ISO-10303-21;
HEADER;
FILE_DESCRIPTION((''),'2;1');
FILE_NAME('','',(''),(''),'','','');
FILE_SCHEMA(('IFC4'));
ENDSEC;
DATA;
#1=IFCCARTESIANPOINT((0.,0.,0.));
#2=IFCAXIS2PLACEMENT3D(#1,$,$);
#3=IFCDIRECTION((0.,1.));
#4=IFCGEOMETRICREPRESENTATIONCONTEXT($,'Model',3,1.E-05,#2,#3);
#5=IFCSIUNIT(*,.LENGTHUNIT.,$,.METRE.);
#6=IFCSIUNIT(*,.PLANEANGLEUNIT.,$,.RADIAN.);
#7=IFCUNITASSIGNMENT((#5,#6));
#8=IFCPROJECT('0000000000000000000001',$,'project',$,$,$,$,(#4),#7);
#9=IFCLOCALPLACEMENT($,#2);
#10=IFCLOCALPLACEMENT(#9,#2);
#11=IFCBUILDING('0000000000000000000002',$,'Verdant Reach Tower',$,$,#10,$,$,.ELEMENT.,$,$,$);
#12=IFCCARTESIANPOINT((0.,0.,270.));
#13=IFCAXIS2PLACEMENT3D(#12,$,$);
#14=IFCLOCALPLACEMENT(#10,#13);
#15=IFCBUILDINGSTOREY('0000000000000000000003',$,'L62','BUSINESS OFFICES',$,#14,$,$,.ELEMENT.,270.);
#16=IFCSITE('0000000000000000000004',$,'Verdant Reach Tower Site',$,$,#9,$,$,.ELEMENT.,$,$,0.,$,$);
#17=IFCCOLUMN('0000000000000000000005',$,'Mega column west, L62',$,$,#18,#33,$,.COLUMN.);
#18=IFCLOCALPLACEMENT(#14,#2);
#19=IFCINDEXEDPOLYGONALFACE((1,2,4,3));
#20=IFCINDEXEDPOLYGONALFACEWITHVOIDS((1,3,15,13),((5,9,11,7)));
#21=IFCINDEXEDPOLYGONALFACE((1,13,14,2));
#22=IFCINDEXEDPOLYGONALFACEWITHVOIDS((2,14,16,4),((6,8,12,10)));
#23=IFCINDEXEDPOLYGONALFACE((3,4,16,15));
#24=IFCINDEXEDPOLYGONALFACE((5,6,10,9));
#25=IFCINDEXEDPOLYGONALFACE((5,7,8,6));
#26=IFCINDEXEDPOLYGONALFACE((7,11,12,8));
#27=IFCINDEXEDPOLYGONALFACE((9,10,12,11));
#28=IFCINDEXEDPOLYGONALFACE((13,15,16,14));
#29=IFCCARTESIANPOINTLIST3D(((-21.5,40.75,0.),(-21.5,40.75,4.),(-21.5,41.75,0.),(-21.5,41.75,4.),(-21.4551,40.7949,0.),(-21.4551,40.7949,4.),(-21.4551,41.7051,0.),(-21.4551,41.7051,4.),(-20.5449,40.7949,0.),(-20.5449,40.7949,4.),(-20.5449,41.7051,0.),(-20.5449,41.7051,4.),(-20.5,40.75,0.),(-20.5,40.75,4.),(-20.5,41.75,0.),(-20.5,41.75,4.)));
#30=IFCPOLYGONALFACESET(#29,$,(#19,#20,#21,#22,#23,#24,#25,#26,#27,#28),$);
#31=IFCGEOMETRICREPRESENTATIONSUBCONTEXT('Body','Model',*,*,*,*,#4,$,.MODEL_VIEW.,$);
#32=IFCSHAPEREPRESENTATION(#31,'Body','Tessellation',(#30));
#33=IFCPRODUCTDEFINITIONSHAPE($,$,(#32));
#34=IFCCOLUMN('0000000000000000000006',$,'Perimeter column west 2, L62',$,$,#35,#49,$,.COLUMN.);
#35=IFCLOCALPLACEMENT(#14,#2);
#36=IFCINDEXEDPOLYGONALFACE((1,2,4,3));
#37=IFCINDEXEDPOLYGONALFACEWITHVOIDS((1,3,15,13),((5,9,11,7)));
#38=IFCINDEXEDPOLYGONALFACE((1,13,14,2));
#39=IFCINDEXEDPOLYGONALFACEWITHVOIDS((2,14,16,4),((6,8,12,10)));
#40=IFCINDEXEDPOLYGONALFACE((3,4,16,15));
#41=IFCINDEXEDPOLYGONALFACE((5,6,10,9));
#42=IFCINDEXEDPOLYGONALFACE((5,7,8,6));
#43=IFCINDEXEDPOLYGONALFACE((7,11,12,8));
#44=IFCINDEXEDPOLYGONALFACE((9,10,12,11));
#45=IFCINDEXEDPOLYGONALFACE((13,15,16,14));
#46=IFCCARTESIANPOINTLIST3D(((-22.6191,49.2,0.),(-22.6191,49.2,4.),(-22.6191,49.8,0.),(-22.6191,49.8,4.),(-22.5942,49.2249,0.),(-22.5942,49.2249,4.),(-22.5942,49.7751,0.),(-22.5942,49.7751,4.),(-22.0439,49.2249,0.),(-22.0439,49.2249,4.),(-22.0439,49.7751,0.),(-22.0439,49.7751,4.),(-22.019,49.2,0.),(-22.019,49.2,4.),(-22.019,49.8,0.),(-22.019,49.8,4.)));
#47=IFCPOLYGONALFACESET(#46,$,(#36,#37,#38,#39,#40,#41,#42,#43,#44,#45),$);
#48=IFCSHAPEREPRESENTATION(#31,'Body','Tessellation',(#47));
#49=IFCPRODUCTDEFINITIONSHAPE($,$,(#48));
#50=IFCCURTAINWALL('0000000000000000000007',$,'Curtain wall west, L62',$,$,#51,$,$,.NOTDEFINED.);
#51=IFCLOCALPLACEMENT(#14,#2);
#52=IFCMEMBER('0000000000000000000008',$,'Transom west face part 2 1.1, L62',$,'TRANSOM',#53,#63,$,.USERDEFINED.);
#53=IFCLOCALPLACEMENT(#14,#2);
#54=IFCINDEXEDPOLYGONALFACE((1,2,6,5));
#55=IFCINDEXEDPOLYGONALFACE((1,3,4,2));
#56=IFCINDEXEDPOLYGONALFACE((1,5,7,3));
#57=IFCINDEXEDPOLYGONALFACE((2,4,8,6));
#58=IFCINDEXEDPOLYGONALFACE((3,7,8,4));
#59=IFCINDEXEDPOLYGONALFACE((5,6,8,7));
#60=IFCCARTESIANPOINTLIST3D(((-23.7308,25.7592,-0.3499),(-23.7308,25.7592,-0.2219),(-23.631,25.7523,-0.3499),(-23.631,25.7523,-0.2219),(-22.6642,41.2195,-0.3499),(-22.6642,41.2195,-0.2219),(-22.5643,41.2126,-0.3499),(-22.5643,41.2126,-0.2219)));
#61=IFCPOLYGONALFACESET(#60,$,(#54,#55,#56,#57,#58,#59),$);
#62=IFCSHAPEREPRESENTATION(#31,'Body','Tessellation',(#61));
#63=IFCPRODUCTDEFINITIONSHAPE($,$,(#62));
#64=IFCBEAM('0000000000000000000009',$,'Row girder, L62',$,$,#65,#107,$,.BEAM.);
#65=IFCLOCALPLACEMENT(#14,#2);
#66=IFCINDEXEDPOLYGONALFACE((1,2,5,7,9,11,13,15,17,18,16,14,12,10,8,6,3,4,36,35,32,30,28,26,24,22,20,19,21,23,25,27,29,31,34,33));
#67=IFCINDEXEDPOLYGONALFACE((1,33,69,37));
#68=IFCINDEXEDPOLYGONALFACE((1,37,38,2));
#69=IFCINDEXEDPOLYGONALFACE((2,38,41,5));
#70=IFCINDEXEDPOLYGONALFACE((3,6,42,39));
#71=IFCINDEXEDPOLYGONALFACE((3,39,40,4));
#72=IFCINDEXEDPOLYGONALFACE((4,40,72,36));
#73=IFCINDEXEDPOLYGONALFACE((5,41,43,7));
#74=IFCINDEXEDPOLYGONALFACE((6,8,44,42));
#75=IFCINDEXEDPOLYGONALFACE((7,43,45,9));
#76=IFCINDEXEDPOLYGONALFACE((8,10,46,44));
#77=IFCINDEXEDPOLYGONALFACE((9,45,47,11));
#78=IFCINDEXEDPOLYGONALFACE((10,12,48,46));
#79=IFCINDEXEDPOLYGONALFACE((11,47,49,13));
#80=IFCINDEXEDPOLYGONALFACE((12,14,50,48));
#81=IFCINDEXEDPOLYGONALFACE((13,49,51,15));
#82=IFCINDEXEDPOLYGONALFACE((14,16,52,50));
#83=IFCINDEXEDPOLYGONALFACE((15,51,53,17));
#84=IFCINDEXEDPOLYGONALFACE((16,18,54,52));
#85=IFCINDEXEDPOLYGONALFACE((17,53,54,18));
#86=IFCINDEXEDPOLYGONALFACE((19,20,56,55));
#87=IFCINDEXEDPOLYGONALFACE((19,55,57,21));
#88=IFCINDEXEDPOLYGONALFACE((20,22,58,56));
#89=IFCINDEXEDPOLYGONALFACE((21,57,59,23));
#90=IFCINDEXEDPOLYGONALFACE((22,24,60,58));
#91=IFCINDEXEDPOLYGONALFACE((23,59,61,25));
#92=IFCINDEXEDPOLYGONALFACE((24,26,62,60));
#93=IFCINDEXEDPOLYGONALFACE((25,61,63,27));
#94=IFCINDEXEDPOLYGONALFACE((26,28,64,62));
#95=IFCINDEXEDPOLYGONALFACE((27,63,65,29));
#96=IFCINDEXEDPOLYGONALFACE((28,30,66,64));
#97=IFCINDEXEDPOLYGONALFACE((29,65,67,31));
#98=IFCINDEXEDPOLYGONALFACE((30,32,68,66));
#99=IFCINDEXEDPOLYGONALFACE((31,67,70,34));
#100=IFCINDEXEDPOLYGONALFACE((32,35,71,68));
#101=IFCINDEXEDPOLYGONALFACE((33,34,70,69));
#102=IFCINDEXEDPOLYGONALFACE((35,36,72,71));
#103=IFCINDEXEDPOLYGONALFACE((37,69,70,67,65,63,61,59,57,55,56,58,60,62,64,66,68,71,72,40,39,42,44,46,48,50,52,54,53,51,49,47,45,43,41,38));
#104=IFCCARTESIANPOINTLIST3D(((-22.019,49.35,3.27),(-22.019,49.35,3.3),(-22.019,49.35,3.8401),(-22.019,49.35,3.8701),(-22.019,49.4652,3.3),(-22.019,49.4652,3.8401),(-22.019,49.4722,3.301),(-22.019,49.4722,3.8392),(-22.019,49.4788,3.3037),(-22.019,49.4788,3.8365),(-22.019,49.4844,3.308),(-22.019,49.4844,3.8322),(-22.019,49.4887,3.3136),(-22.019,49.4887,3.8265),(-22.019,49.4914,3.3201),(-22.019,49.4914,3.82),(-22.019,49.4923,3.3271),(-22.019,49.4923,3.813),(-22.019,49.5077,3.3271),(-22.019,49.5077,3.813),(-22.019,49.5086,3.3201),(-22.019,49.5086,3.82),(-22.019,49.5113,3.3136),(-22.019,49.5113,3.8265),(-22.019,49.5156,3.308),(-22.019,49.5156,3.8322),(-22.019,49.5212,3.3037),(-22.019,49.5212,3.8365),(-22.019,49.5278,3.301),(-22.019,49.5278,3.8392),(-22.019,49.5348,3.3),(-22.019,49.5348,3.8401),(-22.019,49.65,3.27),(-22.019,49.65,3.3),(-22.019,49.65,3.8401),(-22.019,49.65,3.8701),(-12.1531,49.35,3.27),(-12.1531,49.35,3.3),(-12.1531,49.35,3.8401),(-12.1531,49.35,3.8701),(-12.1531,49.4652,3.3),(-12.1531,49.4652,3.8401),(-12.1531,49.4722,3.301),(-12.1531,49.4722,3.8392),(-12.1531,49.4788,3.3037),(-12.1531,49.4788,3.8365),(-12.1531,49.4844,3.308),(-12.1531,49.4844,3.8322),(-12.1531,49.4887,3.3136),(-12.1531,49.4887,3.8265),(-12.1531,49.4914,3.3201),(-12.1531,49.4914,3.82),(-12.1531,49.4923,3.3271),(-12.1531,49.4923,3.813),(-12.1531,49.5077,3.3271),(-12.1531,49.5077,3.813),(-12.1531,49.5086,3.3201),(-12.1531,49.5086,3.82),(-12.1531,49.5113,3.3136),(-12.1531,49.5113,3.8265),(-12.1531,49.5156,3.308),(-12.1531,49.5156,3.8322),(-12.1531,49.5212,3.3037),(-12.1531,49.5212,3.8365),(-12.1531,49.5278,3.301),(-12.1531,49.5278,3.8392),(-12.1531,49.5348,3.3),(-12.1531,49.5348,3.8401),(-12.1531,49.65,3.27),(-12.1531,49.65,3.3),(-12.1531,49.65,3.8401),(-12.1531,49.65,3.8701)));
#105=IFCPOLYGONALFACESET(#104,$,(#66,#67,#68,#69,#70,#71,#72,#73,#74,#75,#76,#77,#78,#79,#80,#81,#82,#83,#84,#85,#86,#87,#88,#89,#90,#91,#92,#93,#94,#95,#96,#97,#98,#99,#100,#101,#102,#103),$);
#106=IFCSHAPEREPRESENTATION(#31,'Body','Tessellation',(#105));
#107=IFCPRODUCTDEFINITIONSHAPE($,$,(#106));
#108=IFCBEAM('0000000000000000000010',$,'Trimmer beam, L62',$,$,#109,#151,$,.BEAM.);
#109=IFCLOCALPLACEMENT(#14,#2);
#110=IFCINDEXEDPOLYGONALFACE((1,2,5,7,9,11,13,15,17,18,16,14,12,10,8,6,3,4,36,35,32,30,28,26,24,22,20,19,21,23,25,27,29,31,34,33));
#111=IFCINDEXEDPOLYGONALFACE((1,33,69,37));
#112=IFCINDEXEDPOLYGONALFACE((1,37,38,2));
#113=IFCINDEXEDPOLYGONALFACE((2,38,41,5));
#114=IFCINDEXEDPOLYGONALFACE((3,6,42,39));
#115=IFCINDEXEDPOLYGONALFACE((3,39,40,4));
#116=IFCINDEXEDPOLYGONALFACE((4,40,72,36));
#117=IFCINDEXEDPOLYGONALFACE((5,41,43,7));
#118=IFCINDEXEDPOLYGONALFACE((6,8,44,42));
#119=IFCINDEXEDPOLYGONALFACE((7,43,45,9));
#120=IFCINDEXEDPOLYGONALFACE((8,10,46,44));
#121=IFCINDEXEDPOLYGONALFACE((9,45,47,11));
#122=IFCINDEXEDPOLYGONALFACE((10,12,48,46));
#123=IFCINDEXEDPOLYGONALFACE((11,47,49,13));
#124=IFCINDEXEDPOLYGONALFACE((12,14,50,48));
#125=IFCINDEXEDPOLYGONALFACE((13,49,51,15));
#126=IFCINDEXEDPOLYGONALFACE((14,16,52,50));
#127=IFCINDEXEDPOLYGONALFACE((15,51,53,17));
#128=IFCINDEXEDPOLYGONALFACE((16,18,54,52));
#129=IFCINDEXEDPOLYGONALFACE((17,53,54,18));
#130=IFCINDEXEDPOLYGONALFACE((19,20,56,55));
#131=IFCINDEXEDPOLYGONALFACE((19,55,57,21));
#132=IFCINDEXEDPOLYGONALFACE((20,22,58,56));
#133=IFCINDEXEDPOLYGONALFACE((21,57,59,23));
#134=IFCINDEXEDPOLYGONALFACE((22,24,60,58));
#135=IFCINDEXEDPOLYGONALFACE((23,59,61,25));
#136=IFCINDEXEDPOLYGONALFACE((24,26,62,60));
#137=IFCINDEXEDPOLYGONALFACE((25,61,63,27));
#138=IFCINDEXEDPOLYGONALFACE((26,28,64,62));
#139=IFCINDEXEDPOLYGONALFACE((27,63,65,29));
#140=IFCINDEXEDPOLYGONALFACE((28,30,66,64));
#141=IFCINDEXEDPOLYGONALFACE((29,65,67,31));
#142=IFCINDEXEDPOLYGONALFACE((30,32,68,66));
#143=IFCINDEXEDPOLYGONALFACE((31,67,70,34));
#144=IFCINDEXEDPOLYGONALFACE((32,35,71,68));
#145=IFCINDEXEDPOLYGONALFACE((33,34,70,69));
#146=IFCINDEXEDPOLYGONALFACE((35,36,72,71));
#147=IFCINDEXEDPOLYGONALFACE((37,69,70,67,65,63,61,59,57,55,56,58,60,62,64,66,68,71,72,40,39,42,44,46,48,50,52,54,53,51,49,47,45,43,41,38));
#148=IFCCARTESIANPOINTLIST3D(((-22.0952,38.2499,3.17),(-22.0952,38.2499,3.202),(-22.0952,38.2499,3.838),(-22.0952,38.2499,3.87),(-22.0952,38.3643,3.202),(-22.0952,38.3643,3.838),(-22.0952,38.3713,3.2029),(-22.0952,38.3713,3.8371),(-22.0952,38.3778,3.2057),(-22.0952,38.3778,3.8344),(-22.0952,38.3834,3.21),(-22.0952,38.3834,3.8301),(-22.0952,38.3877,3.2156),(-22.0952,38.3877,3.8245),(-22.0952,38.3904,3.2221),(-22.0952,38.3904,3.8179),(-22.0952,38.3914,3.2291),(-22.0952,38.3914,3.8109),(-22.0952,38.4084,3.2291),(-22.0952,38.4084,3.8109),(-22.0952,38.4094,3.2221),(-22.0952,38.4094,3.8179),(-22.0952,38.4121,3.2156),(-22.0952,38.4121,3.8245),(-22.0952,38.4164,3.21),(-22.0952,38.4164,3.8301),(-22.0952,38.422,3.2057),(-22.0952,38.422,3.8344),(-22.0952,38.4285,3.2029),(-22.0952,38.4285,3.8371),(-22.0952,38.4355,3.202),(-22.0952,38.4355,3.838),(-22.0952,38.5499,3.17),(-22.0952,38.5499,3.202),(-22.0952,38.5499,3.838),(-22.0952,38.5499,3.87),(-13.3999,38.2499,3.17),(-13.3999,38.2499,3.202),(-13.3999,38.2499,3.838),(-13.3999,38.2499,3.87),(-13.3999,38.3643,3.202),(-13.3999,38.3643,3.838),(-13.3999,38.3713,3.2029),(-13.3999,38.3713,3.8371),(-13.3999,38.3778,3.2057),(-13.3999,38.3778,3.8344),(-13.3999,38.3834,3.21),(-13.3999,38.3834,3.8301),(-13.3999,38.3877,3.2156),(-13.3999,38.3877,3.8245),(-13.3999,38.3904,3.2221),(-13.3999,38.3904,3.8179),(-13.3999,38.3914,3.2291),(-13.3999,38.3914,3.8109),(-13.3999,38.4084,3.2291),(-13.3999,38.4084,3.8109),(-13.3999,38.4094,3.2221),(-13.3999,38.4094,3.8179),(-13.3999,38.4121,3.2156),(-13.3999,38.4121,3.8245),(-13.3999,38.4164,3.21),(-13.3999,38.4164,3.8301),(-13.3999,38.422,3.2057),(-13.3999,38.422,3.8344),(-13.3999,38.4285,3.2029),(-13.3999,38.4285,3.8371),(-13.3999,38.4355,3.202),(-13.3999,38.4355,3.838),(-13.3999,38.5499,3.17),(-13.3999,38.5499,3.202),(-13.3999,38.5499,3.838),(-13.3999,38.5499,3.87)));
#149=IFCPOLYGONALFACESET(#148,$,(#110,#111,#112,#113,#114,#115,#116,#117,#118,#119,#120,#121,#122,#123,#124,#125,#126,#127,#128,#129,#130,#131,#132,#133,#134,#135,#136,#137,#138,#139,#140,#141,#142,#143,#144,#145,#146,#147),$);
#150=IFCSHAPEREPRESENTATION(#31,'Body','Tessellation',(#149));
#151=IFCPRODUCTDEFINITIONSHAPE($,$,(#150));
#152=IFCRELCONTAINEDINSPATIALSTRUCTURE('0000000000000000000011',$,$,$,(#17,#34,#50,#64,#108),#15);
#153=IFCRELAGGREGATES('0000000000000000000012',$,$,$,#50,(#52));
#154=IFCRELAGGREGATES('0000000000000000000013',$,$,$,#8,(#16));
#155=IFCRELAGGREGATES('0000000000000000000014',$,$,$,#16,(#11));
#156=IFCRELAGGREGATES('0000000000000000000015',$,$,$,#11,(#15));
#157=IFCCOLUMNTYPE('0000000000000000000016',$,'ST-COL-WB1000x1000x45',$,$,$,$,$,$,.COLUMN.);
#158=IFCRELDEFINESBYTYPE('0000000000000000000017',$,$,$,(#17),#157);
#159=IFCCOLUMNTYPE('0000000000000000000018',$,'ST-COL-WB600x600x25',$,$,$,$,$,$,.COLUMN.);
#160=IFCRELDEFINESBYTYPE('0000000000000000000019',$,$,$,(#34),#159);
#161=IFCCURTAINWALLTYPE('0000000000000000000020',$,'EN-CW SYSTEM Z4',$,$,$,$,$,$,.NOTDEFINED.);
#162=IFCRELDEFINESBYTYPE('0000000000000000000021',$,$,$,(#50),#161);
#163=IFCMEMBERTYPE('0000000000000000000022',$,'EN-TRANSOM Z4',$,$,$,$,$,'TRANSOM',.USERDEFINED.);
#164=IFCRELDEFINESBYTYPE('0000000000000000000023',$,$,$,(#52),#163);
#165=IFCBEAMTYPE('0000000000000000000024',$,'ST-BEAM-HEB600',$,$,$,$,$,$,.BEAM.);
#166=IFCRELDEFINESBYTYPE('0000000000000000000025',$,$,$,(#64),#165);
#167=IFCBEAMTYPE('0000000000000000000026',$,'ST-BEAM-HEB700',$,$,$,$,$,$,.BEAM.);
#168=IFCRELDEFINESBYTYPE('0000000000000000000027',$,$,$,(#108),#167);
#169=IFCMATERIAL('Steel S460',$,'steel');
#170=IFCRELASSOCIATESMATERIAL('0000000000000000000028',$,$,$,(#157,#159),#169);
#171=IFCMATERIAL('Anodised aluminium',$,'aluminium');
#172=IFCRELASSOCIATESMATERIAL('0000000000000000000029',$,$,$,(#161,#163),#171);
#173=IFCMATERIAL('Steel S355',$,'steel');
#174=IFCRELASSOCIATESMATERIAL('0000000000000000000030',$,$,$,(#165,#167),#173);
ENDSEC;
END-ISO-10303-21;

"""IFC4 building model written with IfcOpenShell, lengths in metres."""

from ifc_helpers import new_model, si_unit, direction, frame, origin, origin_2d, place, context, subcontext, project, spatial, rectangle, hollow_rectangle, i_section, extrude, material, material_profile, profile_set, type_object, element, aggregate, save


model = new_model("IFC4")

# Units and contexts
model_context = context("Model", 3, precision=1e-05, world=origin(), true_north=direction((0.0, 1.0)))
body_context = subcontext(model_context, "Body", "Model", "MODEL_VIEW")
ifc_project = project(units=[si_unit("LENGTHUNIT", "METRE"), si_unit("PLANEANGLEUNIT", "RADIAN")], contexts=[model_context])

# Site, building, storey
site_placement = place(None, origin())
site = spatial("IfcSite", under=ifc_project, at=site_placement, Name="Verdant Reach Tower Site", CompositionType="ELEMENT", RefElevation=0.0)
building_placement = place(site_placement, origin())
building = spatial("IfcBuilding", under=site, at=building_placement, Name="Verdant Reach Tower", CompositionType="ELEMENT")
storey_placement = place(building_placement, frame((0.0, 0.0, 270.0)))
storey = spatial("IfcBuildingStorey", under=building, at=storey_placement, Name="L62", Description="BUSINESS OFFICES", CompositionType="ELEMENT", Elevation=270.0)

# Columns
ifc_material_1 = material(Name="Steel S460", Category="steel")
ifc_material_profile_1 = material_profile(ifc_material_1, hollow_rectangle(XDim=1.0, YDim=1.0, WallThickness=0.0449, at=origin_2d()), Name="WB 1000x1000x45")
ifc_profile_set_1 = profile_set([ifc_material_profile_1], Name="Steel S460")
column_type_1 = type_object("IfcColumnType", Name="ST-COL-WB1000x1000x45", PredefinedType="COLUMN", material=ifc_profile_set_1)
column_1_placement = place(storey_placement, frame((-21.0, 41.25, 0.0), z_axis=(0.0, 0.0, 1.0), x_axis=(1.0, 0.0, 0.0)))
element("IfcColumn", 1, at=column_1_placement, inside=storey, type_object=column_type_1, Name="Mega column west, L62", PredefinedType="COLUMN", context=body_context, shape_type="SweptSolid", body=[
    extrude(hollow_rectangle(XDim=1.0, YDim=1.0, WallThickness=0.0449, at=origin_2d()), origin(), (0.0, 0.0, 1.0), 4.0),
])
ifc_material_profile_2 = material_profile(ifc_material_1, hollow_rectangle(XDim=0.6001, YDim=0.6001, WallThickness=0.0249, at=origin_2d()), Name="WB 600x600x25")
ifc_profile_set_2 = profile_set([ifc_material_profile_2], Name="Steel S460")
column_type_2 = type_object("IfcColumnType", Name="ST-COL-WB600x600x25", PredefinedType="COLUMN", material=ifc_profile_set_2)
column_2_placement = place(storey_placement, frame((-22.3191, 49.5, 0.0), z_axis=(0.0, 0.0, 1.0), x_axis=(1.0, 0.0, 0.0)))
element("IfcColumn", 2, at=column_2_placement, inside=storey, type_object=column_type_2, Name="Perimeter column west 2, L62", PredefinedType="COLUMN", context=body_context, shape_type="SweptSolid", body=[
    extrude(hollow_rectangle(XDim=0.6001, YDim=0.6001, WallThickness=0.0249, at=origin_2d()), origin(), (0.0, 0.0, 1.0), 4.0),
])

# Curtain wall, member
ifc_material_2 = material(Name="Anodised aluminium", Category="aluminium")
curtain_wall_type = type_object("IfcCurtainWallType", Name="EN-CW SYSTEM Z4", PredefinedType="NOTDEFINED", material=ifc_material_2)
curtain_wall_placement = place(storey_placement, origin())
curtain_wall = element("IfcCurtainWall", 3, at=curtain_wall_placement, inside=storey, type_object=curtain_wall_type, Name="Curtain wall west, L62", PredefinedType="NOTDEFINED")
ifc_material_profile_3 = material_profile(ifc_material_2, rectangle(XDim=0.1001, YDim=0.1279, at=origin_2d()), Name="Transom 128x100")
ifc_profile_set_3 = profile_set([ifc_material_profile_3], Name="Anodised aluminium")
member_type = type_object("IfcMemberType", Name="EN-TRANSOM Z4", ElementType="TRANSOM", PredefinedType="USERDEFINED", material=ifc_profile_set_3)
member_placement = place(storey_placement, frame((-22.6143, 41.2161, -0.2859), z_axis=(-0.06883, -0.997628, 0.0), x_axis=(0.997628, -0.06883, 0.0)))
member = element("IfcMember", 4, at=member_placement, type_object=member_type, Name="Transom west face part 2 1.1, L62", ObjectType="TRANSOM", PredefinedType="USERDEFINED", context=body_context, shape_type="SweptSolid", body=[
    extrude(rectangle(XDim=0.1001, YDim=0.1279, at=origin_2d()), origin(), (0.0, 0.0, 1.0), 15.4971),
])

# Beams
ifc_material_3 = material(Name="Steel S355", Category="steel")
ifc_material_profile_4 = material_profile(ifc_material_3, i_section(OverallWidth=0.3, OverallDepth=0.6001, WebThickness=0.0154, FlangeThickness=0.03, FilletRadius=0.0271, at=origin_2d()), Name="HEB 600")
ifc_profile_set_4 = profile_set([ifc_material_profile_4], Name="Steel S355")
beam_type_1 = type_object("IfcBeamType", Name="ST-BEAM-HEB600", PredefinedType="BEAM", material=ifc_profile_set_4)
beam_1_placement = place(storey_placement, frame((-22.019, 49.5, 3.5701), z_axis=(1.0, 0.0, 0.0), x_axis=(0.0, 1.0, 0.0)))
element("IfcBeam", 5, at=beam_1_placement, inside=storey, type_object=beam_type_1, Name="Row girder, L62", PredefinedType="BEAM", context=body_context, shape_type="SweptSolid", body=[
    extrude(i_section(OverallWidth=0.3, OverallDepth=0.6001, WebThickness=0.0154, FlangeThickness=0.03, FilletRadius=0.0271, at=origin_2d()), origin(), (0.0, 0.0, 1.0), 9.866),
])
ifc_material_profile_5 = material_profile(ifc_material_3, i_section(OverallWidth=0.3, OverallDepth=0.7, WebThickness=0.0171, FlangeThickness=0.032, FilletRadius=0.0271, at=origin_2d()), Name="HEB 700")
ifc_profile_set_5 = profile_set([ifc_material_profile_5], Name="Steel S355")
beam_type_2 = type_object("IfcBeamType", Name="ST-BEAM-HEB700", PredefinedType="BEAM", material=ifc_profile_set_5)
beam_2_placement = place(storey_placement, frame((-13.3999, 38.3999, 3.52), z_axis=(-1.0, 0.0, 0.0), x_axis=(0.0, -1.0, 0.0)))
element("IfcBeam", 6, at=beam_2_placement, inside=storey, type_object=beam_type_2, Name="Trimmer beam, L62", PredefinedType="BEAM", context=body_context, shape_type="SweptSolid", body=[
    extrude(i_section(OverallWidth=0.3, OverallDepth=0.7, WebThickness=0.0171, FlangeThickness=0.032, FilletRadius=0.0271, at=origin_2d()), origin(), (0.0, 0.0, 1.0), 8.6953),
])

aggregate(curtain_wall, [member])

save(model, "model.ifc")
